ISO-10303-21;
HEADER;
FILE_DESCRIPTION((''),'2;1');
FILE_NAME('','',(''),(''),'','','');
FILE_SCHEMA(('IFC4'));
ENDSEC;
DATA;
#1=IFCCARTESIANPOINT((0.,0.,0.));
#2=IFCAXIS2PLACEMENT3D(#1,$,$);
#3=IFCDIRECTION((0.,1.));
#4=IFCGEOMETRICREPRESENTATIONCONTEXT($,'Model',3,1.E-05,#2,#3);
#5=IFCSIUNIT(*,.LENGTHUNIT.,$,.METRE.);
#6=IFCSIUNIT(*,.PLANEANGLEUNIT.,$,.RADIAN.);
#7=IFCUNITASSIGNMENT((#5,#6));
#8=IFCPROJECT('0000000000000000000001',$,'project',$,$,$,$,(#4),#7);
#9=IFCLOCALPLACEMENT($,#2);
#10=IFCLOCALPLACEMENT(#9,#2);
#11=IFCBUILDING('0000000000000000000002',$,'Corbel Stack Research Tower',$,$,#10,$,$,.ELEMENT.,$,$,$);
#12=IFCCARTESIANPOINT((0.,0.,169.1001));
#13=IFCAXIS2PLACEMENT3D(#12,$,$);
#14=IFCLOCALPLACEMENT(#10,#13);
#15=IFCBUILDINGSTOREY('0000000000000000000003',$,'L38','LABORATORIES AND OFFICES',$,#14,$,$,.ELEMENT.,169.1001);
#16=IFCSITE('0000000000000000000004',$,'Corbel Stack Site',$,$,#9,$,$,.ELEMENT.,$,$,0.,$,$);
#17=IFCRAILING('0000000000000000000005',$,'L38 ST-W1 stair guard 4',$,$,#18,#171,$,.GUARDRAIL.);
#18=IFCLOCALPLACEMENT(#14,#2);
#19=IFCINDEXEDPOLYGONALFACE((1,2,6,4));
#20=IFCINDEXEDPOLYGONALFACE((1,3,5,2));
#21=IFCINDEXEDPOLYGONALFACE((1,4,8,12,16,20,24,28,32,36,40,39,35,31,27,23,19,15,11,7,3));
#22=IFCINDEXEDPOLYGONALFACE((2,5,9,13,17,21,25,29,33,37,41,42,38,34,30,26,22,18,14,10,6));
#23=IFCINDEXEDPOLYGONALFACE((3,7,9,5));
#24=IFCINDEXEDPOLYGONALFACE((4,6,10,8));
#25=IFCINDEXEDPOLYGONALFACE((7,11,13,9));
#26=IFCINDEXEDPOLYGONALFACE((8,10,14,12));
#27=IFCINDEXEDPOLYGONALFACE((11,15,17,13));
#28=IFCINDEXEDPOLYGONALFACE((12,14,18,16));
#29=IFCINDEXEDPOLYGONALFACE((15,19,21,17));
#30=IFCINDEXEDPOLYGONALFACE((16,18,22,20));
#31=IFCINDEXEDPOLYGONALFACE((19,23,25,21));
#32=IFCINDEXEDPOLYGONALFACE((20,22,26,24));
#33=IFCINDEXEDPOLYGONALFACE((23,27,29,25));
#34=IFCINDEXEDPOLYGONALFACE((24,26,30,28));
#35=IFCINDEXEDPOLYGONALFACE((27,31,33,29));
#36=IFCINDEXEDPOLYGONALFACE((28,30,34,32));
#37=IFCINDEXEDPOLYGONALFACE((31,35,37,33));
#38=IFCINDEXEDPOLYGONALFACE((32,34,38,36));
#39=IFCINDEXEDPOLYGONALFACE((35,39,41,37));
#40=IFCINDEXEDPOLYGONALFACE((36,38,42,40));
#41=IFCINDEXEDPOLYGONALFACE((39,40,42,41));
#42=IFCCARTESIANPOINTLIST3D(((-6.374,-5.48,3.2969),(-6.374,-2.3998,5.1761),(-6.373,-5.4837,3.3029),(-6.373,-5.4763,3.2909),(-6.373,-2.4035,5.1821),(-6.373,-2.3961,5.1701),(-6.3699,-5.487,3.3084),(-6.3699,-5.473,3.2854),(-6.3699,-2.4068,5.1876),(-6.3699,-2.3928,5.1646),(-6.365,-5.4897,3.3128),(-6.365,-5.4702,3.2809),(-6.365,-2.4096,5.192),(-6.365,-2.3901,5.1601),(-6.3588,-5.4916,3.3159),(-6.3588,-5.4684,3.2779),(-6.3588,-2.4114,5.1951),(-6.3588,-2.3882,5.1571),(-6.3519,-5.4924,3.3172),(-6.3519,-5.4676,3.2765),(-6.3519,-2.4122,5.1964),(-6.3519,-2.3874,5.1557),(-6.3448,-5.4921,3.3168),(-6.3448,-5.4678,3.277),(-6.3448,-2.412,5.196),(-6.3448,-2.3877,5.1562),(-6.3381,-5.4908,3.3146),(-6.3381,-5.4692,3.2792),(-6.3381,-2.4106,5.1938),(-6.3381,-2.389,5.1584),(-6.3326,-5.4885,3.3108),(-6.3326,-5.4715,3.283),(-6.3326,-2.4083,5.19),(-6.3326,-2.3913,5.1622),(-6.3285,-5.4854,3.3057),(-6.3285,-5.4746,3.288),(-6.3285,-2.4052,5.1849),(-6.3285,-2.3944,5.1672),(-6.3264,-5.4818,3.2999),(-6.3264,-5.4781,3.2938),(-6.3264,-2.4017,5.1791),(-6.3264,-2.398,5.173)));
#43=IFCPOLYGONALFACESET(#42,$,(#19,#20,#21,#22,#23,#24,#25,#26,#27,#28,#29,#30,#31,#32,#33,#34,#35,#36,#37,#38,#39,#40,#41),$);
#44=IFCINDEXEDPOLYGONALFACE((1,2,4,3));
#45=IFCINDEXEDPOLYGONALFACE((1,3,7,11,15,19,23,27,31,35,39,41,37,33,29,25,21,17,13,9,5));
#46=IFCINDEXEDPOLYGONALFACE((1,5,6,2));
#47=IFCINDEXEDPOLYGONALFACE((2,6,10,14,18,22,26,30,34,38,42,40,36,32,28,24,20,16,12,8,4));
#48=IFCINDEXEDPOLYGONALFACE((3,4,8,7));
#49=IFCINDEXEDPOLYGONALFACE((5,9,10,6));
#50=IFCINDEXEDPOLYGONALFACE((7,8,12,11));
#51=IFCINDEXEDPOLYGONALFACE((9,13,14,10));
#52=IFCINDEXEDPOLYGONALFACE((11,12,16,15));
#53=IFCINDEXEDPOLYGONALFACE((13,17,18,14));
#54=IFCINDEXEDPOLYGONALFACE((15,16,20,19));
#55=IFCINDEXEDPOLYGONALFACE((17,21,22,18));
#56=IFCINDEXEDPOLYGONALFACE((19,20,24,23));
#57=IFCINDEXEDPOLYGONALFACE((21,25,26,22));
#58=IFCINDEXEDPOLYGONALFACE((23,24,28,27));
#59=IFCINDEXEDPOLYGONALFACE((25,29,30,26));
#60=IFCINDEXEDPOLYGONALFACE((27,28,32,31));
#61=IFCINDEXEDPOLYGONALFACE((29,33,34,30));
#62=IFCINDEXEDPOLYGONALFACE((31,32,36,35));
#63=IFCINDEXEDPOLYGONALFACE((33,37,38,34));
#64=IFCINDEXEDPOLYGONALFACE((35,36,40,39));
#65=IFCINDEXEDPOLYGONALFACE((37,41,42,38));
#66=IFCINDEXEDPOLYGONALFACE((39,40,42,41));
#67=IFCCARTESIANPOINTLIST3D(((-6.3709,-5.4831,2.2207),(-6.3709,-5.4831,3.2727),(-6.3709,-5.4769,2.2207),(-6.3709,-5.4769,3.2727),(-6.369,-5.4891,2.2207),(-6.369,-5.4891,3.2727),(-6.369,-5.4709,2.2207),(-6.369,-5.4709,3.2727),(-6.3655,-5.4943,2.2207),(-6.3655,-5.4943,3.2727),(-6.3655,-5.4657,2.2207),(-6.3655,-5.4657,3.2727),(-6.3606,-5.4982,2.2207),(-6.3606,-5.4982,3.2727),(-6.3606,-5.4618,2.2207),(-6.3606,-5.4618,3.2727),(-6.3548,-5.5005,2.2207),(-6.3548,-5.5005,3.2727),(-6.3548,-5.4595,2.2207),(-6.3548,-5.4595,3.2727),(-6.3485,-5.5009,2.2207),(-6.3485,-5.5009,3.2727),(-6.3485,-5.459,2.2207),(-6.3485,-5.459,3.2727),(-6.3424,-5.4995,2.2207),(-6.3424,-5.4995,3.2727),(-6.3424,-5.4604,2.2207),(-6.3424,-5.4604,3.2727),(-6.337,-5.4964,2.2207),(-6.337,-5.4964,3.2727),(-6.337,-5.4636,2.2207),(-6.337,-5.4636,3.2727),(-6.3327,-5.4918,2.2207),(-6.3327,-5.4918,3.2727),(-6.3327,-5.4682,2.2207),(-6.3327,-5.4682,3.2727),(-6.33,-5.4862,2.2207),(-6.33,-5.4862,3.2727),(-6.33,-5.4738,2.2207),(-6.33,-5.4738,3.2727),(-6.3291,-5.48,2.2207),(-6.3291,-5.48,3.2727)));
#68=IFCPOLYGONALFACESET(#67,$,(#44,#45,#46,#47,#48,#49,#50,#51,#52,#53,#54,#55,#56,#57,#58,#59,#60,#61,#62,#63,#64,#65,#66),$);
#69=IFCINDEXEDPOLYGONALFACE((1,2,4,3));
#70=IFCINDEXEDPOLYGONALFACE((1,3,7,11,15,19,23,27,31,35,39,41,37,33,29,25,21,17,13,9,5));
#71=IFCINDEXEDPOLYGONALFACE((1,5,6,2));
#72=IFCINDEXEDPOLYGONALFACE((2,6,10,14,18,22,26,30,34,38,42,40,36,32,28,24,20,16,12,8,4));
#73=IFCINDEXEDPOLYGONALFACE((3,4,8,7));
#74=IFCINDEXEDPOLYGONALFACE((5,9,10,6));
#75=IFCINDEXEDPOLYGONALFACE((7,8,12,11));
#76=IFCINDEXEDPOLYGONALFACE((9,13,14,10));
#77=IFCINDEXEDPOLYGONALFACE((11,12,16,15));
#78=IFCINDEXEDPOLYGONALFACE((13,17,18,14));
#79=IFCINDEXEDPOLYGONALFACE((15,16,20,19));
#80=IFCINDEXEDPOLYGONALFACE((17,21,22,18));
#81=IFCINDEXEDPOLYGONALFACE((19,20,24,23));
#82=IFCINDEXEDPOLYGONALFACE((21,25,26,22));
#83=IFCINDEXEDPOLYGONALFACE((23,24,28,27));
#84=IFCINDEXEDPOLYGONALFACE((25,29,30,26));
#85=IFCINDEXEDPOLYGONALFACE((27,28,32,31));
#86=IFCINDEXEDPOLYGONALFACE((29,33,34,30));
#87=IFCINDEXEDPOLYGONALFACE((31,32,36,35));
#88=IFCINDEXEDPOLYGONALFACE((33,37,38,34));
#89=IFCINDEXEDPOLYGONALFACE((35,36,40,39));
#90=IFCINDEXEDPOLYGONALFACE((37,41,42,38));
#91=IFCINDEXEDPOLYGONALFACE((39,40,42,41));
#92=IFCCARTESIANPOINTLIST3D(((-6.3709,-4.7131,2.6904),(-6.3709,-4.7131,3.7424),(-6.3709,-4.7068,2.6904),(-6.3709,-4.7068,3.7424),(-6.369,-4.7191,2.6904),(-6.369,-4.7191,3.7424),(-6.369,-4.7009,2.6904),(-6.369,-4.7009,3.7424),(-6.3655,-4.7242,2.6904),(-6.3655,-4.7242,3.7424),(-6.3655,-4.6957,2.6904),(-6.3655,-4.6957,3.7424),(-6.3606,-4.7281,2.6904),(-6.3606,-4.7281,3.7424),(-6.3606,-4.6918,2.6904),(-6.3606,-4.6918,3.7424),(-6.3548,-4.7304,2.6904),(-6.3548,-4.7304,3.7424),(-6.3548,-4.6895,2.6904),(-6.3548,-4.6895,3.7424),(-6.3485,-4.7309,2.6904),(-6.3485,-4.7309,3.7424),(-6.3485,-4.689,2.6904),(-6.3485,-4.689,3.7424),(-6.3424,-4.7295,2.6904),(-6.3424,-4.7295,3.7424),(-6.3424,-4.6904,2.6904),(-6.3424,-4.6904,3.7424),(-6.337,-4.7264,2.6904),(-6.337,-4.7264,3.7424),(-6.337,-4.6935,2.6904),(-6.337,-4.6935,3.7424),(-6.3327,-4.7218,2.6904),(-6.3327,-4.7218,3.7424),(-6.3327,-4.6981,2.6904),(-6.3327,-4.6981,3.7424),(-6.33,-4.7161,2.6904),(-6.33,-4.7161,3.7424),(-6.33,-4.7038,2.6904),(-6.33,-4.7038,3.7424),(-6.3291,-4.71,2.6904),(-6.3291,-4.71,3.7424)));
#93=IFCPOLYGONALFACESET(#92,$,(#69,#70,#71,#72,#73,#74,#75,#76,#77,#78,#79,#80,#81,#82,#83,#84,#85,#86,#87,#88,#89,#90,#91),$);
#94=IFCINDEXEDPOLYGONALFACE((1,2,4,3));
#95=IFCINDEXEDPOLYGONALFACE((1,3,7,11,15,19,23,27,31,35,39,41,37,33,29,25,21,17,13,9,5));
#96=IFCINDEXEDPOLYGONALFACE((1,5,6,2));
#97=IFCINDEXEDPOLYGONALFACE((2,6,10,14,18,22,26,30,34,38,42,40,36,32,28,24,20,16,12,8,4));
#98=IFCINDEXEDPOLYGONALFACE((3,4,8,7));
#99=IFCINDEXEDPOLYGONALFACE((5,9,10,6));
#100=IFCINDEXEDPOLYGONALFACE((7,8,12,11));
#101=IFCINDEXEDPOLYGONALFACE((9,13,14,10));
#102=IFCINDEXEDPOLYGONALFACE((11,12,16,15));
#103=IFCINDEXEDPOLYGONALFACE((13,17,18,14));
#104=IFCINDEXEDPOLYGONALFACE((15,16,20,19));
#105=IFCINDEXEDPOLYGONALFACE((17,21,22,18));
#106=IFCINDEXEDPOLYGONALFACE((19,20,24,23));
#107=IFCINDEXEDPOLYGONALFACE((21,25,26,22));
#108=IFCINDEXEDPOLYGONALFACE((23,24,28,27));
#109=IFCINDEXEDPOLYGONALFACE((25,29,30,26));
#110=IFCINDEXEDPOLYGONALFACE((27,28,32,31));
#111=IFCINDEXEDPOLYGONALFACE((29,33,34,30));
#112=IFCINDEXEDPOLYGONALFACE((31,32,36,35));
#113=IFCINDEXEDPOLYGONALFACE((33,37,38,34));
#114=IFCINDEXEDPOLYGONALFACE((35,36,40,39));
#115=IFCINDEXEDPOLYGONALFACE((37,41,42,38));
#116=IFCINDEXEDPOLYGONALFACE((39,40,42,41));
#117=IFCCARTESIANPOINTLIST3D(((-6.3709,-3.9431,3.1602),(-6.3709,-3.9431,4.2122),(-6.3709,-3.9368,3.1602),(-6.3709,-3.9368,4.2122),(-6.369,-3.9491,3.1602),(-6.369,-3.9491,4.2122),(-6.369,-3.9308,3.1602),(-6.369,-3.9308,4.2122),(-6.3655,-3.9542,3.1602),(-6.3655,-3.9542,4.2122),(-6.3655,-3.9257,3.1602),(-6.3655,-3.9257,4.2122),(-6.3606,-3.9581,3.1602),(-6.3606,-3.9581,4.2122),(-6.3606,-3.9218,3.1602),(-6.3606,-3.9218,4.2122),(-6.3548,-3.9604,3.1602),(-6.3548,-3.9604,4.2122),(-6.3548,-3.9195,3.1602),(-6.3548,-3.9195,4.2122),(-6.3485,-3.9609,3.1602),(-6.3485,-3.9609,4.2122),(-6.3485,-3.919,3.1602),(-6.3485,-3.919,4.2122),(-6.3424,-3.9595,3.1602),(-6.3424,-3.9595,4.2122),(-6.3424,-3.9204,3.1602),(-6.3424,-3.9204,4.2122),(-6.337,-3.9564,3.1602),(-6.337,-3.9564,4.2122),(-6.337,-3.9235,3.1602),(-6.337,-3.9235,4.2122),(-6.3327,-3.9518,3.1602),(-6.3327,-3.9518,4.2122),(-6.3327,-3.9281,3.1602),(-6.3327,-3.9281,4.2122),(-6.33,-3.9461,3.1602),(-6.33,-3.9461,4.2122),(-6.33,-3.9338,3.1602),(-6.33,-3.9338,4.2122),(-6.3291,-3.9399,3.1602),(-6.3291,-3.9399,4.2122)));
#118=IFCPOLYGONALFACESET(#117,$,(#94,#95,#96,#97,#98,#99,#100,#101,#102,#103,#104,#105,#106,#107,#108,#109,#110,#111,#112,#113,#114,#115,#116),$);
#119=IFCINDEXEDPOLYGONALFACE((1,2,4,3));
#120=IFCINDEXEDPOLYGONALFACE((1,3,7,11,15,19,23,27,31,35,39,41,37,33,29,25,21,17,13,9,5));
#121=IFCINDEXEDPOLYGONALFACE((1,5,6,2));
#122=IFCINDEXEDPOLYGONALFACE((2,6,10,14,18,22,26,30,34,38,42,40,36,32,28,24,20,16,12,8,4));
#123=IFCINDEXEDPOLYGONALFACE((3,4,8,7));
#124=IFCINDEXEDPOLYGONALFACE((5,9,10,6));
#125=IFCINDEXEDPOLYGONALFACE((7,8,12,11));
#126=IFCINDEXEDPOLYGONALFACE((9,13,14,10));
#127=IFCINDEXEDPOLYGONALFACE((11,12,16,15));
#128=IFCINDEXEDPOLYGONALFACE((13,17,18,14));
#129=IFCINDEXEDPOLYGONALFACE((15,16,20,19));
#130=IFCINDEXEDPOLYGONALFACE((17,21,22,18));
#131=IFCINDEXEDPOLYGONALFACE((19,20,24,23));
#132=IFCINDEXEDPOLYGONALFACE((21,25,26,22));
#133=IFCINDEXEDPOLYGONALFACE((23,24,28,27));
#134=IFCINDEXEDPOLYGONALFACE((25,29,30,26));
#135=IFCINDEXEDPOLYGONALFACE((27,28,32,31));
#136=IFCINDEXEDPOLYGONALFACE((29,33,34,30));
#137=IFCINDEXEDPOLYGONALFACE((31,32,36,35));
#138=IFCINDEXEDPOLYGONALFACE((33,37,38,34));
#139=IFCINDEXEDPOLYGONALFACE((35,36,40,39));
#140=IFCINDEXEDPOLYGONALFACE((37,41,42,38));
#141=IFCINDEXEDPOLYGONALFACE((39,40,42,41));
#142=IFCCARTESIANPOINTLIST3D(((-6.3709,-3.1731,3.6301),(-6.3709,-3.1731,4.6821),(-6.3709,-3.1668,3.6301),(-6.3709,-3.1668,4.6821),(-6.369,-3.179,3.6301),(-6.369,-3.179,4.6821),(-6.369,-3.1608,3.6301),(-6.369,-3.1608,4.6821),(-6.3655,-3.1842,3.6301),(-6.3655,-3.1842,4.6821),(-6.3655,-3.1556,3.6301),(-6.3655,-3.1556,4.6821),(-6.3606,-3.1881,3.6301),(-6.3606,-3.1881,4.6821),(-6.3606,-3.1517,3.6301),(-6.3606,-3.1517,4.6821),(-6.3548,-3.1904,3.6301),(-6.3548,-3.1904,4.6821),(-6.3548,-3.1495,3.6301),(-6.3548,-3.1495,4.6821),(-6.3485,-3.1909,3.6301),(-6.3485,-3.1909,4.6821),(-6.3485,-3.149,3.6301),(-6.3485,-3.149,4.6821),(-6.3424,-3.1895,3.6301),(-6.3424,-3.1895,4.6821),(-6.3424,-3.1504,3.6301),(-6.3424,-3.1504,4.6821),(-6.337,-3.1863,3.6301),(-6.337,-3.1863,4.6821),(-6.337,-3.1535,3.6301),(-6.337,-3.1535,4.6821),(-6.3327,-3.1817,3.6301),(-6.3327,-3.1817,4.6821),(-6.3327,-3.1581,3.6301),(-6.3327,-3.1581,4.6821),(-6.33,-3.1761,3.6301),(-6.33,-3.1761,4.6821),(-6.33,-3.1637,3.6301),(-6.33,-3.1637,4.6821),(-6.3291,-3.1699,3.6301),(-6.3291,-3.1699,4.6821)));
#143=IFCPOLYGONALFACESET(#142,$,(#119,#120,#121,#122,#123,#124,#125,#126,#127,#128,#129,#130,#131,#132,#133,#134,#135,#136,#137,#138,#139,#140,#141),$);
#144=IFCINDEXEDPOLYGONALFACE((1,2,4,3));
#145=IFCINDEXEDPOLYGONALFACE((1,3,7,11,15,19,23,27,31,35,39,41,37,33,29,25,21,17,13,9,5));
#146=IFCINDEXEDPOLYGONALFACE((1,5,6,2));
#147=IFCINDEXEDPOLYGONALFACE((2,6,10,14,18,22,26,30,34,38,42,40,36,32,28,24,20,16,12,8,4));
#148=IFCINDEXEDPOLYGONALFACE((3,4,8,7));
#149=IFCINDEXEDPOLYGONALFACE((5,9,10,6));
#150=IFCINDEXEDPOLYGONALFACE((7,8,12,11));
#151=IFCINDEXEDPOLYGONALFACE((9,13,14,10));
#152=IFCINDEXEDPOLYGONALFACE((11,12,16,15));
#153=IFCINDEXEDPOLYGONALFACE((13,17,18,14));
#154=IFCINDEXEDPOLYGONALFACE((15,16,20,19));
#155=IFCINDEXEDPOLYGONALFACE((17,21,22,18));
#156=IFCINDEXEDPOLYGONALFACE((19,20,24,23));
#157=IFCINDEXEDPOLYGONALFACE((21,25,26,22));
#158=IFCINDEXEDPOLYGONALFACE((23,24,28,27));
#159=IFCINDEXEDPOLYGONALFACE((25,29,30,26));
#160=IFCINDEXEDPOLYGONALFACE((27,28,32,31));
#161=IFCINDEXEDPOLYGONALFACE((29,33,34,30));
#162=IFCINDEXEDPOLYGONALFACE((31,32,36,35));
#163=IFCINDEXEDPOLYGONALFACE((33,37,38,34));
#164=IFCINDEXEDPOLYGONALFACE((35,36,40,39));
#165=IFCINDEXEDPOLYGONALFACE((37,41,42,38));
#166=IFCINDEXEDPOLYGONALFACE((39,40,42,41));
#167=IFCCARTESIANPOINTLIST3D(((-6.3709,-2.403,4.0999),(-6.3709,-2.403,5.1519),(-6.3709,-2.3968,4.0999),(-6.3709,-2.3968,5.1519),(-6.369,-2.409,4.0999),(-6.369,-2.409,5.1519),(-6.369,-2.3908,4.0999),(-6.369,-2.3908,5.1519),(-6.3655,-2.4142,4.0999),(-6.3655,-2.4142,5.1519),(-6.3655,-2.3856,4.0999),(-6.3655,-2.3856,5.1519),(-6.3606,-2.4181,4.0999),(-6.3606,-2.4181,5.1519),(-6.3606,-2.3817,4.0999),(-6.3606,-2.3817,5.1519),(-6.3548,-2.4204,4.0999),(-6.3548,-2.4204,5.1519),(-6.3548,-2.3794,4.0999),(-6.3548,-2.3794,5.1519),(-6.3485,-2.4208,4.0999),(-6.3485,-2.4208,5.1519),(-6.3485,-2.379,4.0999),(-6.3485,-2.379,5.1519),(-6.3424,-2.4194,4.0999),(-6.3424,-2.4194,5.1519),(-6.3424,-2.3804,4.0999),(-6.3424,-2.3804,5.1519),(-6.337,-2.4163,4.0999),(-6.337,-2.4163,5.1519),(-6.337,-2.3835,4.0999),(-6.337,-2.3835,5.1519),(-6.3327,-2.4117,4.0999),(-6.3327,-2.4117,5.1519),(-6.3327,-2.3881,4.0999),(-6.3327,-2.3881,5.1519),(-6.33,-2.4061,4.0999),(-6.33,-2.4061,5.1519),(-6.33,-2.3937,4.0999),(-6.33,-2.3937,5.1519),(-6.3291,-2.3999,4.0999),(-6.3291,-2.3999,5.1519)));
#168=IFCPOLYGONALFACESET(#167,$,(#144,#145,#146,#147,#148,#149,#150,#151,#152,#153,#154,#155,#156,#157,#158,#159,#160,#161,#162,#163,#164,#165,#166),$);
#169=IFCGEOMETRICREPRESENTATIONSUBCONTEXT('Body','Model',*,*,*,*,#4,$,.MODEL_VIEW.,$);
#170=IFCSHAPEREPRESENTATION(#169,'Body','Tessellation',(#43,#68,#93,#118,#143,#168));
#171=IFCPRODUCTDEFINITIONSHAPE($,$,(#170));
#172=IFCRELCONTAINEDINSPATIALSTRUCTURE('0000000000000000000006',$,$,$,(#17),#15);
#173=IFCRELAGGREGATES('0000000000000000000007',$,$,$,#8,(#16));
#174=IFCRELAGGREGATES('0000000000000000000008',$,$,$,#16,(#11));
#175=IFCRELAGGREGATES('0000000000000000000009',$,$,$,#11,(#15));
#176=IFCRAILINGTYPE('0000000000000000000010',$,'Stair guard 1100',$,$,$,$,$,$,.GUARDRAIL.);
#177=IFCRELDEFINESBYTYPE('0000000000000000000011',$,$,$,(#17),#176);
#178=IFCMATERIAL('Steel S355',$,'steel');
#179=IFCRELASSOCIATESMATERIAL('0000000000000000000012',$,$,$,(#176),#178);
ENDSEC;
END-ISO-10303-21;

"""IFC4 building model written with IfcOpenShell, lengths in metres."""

from ifc_helpers import new_model, si_unit, direction, frame, origin, origin_2d, place, context, subcontext, project, spatial, circle, extrude, material, type_object, element, save


model = new_model("IFC4")

# Units and contexts
model_context = context("Model", 3, precision=1e-05, world=origin(), true_north=direction((0.0, 1.0)))
body_context = subcontext(model_context, "Body", "Model", "MODEL_VIEW")
ifc_project = project(units=[si_unit("LENGTHUNIT", "METRE"), si_unit("PLANEANGLEUNIT", "RADIAN")], contexts=[model_context])

# Site, building, storey
site_placement = place(None, origin())
site = spatial("IfcSite", under=ifc_project, at=site_placement, Name="Corbel Stack Site", CompositionType="ELEMENT", RefElevation=0.0)
building_placement = place(site_placement, origin())
building = spatial("IfcBuilding", under=site, at=building_placement, Name="Corbel Stack Research Tower", CompositionType="ELEMENT")
storey_placement = place(building_placement, frame((0.0, 0.0, 169.1001)))
storey = spatial("IfcBuildingStorey", under=building, at=storey_placement, Name="L38", Description="LABORATORIES AND OFFICES", CompositionType="ELEMENT", Elevation=169.1001)

# Railing
ifc_material_1 = material(Name="Steel S355", Category="steel")
railing_type_1 = type_object("IfcRailingType", Name="Stair guard 1100", PredefinedType="GUARDRAIL", material=ifc_material_1)
railing_1_placement = place(storey_placement, frame((-6.3501, -5.48, 2.2207)))
element("IfcRailing", 1, at=railing_1_placement, inside=storey, type_object=railing_type_1, Name="L38 ST-W1 stair guard 4", PredefinedType="GUARDRAIL", context=body_context, shape_type="SweptSolid", body=[
    extrude(circle(Radius=0.0239, at=origin_2d()), frame((0.0, 0.0, 1.0762), z_axis=(0.0, 0.853666, 0.52082), x_axis=(-1.0, 0.0, 0.0)), (0.0, 0.0, 1.0), 3.6082),
    extrude(circle(Radius=0.021, at=origin_2d()), origin(), (0.0, 0.0, 1.0), 1.052),
    extrude(circle(Radius=0.021, at=origin_2d()), frame((0.0, 0.77, 0.4697)), (0.0, 0.0, 1.0), 1.052),
    extrude(circle(Radius=0.021, at=origin_2d()), frame((0.0, 1.54, 0.9395)), (0.0, 0.0, 1.0), 1.052),
    extrude(circle(Radius=0.021, at=origin_2d()), frame((0.0, 2.3101, 1.4094)), (0.0, 0.0, 1.0), 1.052),
    extrude(circle(Radius=0.021, at=origin_2d()), frame((0.0, 3.0801, 1.8792)), (0.0, 0.0, 1.0), 1.052),
])

save(model, "model.ifc")
